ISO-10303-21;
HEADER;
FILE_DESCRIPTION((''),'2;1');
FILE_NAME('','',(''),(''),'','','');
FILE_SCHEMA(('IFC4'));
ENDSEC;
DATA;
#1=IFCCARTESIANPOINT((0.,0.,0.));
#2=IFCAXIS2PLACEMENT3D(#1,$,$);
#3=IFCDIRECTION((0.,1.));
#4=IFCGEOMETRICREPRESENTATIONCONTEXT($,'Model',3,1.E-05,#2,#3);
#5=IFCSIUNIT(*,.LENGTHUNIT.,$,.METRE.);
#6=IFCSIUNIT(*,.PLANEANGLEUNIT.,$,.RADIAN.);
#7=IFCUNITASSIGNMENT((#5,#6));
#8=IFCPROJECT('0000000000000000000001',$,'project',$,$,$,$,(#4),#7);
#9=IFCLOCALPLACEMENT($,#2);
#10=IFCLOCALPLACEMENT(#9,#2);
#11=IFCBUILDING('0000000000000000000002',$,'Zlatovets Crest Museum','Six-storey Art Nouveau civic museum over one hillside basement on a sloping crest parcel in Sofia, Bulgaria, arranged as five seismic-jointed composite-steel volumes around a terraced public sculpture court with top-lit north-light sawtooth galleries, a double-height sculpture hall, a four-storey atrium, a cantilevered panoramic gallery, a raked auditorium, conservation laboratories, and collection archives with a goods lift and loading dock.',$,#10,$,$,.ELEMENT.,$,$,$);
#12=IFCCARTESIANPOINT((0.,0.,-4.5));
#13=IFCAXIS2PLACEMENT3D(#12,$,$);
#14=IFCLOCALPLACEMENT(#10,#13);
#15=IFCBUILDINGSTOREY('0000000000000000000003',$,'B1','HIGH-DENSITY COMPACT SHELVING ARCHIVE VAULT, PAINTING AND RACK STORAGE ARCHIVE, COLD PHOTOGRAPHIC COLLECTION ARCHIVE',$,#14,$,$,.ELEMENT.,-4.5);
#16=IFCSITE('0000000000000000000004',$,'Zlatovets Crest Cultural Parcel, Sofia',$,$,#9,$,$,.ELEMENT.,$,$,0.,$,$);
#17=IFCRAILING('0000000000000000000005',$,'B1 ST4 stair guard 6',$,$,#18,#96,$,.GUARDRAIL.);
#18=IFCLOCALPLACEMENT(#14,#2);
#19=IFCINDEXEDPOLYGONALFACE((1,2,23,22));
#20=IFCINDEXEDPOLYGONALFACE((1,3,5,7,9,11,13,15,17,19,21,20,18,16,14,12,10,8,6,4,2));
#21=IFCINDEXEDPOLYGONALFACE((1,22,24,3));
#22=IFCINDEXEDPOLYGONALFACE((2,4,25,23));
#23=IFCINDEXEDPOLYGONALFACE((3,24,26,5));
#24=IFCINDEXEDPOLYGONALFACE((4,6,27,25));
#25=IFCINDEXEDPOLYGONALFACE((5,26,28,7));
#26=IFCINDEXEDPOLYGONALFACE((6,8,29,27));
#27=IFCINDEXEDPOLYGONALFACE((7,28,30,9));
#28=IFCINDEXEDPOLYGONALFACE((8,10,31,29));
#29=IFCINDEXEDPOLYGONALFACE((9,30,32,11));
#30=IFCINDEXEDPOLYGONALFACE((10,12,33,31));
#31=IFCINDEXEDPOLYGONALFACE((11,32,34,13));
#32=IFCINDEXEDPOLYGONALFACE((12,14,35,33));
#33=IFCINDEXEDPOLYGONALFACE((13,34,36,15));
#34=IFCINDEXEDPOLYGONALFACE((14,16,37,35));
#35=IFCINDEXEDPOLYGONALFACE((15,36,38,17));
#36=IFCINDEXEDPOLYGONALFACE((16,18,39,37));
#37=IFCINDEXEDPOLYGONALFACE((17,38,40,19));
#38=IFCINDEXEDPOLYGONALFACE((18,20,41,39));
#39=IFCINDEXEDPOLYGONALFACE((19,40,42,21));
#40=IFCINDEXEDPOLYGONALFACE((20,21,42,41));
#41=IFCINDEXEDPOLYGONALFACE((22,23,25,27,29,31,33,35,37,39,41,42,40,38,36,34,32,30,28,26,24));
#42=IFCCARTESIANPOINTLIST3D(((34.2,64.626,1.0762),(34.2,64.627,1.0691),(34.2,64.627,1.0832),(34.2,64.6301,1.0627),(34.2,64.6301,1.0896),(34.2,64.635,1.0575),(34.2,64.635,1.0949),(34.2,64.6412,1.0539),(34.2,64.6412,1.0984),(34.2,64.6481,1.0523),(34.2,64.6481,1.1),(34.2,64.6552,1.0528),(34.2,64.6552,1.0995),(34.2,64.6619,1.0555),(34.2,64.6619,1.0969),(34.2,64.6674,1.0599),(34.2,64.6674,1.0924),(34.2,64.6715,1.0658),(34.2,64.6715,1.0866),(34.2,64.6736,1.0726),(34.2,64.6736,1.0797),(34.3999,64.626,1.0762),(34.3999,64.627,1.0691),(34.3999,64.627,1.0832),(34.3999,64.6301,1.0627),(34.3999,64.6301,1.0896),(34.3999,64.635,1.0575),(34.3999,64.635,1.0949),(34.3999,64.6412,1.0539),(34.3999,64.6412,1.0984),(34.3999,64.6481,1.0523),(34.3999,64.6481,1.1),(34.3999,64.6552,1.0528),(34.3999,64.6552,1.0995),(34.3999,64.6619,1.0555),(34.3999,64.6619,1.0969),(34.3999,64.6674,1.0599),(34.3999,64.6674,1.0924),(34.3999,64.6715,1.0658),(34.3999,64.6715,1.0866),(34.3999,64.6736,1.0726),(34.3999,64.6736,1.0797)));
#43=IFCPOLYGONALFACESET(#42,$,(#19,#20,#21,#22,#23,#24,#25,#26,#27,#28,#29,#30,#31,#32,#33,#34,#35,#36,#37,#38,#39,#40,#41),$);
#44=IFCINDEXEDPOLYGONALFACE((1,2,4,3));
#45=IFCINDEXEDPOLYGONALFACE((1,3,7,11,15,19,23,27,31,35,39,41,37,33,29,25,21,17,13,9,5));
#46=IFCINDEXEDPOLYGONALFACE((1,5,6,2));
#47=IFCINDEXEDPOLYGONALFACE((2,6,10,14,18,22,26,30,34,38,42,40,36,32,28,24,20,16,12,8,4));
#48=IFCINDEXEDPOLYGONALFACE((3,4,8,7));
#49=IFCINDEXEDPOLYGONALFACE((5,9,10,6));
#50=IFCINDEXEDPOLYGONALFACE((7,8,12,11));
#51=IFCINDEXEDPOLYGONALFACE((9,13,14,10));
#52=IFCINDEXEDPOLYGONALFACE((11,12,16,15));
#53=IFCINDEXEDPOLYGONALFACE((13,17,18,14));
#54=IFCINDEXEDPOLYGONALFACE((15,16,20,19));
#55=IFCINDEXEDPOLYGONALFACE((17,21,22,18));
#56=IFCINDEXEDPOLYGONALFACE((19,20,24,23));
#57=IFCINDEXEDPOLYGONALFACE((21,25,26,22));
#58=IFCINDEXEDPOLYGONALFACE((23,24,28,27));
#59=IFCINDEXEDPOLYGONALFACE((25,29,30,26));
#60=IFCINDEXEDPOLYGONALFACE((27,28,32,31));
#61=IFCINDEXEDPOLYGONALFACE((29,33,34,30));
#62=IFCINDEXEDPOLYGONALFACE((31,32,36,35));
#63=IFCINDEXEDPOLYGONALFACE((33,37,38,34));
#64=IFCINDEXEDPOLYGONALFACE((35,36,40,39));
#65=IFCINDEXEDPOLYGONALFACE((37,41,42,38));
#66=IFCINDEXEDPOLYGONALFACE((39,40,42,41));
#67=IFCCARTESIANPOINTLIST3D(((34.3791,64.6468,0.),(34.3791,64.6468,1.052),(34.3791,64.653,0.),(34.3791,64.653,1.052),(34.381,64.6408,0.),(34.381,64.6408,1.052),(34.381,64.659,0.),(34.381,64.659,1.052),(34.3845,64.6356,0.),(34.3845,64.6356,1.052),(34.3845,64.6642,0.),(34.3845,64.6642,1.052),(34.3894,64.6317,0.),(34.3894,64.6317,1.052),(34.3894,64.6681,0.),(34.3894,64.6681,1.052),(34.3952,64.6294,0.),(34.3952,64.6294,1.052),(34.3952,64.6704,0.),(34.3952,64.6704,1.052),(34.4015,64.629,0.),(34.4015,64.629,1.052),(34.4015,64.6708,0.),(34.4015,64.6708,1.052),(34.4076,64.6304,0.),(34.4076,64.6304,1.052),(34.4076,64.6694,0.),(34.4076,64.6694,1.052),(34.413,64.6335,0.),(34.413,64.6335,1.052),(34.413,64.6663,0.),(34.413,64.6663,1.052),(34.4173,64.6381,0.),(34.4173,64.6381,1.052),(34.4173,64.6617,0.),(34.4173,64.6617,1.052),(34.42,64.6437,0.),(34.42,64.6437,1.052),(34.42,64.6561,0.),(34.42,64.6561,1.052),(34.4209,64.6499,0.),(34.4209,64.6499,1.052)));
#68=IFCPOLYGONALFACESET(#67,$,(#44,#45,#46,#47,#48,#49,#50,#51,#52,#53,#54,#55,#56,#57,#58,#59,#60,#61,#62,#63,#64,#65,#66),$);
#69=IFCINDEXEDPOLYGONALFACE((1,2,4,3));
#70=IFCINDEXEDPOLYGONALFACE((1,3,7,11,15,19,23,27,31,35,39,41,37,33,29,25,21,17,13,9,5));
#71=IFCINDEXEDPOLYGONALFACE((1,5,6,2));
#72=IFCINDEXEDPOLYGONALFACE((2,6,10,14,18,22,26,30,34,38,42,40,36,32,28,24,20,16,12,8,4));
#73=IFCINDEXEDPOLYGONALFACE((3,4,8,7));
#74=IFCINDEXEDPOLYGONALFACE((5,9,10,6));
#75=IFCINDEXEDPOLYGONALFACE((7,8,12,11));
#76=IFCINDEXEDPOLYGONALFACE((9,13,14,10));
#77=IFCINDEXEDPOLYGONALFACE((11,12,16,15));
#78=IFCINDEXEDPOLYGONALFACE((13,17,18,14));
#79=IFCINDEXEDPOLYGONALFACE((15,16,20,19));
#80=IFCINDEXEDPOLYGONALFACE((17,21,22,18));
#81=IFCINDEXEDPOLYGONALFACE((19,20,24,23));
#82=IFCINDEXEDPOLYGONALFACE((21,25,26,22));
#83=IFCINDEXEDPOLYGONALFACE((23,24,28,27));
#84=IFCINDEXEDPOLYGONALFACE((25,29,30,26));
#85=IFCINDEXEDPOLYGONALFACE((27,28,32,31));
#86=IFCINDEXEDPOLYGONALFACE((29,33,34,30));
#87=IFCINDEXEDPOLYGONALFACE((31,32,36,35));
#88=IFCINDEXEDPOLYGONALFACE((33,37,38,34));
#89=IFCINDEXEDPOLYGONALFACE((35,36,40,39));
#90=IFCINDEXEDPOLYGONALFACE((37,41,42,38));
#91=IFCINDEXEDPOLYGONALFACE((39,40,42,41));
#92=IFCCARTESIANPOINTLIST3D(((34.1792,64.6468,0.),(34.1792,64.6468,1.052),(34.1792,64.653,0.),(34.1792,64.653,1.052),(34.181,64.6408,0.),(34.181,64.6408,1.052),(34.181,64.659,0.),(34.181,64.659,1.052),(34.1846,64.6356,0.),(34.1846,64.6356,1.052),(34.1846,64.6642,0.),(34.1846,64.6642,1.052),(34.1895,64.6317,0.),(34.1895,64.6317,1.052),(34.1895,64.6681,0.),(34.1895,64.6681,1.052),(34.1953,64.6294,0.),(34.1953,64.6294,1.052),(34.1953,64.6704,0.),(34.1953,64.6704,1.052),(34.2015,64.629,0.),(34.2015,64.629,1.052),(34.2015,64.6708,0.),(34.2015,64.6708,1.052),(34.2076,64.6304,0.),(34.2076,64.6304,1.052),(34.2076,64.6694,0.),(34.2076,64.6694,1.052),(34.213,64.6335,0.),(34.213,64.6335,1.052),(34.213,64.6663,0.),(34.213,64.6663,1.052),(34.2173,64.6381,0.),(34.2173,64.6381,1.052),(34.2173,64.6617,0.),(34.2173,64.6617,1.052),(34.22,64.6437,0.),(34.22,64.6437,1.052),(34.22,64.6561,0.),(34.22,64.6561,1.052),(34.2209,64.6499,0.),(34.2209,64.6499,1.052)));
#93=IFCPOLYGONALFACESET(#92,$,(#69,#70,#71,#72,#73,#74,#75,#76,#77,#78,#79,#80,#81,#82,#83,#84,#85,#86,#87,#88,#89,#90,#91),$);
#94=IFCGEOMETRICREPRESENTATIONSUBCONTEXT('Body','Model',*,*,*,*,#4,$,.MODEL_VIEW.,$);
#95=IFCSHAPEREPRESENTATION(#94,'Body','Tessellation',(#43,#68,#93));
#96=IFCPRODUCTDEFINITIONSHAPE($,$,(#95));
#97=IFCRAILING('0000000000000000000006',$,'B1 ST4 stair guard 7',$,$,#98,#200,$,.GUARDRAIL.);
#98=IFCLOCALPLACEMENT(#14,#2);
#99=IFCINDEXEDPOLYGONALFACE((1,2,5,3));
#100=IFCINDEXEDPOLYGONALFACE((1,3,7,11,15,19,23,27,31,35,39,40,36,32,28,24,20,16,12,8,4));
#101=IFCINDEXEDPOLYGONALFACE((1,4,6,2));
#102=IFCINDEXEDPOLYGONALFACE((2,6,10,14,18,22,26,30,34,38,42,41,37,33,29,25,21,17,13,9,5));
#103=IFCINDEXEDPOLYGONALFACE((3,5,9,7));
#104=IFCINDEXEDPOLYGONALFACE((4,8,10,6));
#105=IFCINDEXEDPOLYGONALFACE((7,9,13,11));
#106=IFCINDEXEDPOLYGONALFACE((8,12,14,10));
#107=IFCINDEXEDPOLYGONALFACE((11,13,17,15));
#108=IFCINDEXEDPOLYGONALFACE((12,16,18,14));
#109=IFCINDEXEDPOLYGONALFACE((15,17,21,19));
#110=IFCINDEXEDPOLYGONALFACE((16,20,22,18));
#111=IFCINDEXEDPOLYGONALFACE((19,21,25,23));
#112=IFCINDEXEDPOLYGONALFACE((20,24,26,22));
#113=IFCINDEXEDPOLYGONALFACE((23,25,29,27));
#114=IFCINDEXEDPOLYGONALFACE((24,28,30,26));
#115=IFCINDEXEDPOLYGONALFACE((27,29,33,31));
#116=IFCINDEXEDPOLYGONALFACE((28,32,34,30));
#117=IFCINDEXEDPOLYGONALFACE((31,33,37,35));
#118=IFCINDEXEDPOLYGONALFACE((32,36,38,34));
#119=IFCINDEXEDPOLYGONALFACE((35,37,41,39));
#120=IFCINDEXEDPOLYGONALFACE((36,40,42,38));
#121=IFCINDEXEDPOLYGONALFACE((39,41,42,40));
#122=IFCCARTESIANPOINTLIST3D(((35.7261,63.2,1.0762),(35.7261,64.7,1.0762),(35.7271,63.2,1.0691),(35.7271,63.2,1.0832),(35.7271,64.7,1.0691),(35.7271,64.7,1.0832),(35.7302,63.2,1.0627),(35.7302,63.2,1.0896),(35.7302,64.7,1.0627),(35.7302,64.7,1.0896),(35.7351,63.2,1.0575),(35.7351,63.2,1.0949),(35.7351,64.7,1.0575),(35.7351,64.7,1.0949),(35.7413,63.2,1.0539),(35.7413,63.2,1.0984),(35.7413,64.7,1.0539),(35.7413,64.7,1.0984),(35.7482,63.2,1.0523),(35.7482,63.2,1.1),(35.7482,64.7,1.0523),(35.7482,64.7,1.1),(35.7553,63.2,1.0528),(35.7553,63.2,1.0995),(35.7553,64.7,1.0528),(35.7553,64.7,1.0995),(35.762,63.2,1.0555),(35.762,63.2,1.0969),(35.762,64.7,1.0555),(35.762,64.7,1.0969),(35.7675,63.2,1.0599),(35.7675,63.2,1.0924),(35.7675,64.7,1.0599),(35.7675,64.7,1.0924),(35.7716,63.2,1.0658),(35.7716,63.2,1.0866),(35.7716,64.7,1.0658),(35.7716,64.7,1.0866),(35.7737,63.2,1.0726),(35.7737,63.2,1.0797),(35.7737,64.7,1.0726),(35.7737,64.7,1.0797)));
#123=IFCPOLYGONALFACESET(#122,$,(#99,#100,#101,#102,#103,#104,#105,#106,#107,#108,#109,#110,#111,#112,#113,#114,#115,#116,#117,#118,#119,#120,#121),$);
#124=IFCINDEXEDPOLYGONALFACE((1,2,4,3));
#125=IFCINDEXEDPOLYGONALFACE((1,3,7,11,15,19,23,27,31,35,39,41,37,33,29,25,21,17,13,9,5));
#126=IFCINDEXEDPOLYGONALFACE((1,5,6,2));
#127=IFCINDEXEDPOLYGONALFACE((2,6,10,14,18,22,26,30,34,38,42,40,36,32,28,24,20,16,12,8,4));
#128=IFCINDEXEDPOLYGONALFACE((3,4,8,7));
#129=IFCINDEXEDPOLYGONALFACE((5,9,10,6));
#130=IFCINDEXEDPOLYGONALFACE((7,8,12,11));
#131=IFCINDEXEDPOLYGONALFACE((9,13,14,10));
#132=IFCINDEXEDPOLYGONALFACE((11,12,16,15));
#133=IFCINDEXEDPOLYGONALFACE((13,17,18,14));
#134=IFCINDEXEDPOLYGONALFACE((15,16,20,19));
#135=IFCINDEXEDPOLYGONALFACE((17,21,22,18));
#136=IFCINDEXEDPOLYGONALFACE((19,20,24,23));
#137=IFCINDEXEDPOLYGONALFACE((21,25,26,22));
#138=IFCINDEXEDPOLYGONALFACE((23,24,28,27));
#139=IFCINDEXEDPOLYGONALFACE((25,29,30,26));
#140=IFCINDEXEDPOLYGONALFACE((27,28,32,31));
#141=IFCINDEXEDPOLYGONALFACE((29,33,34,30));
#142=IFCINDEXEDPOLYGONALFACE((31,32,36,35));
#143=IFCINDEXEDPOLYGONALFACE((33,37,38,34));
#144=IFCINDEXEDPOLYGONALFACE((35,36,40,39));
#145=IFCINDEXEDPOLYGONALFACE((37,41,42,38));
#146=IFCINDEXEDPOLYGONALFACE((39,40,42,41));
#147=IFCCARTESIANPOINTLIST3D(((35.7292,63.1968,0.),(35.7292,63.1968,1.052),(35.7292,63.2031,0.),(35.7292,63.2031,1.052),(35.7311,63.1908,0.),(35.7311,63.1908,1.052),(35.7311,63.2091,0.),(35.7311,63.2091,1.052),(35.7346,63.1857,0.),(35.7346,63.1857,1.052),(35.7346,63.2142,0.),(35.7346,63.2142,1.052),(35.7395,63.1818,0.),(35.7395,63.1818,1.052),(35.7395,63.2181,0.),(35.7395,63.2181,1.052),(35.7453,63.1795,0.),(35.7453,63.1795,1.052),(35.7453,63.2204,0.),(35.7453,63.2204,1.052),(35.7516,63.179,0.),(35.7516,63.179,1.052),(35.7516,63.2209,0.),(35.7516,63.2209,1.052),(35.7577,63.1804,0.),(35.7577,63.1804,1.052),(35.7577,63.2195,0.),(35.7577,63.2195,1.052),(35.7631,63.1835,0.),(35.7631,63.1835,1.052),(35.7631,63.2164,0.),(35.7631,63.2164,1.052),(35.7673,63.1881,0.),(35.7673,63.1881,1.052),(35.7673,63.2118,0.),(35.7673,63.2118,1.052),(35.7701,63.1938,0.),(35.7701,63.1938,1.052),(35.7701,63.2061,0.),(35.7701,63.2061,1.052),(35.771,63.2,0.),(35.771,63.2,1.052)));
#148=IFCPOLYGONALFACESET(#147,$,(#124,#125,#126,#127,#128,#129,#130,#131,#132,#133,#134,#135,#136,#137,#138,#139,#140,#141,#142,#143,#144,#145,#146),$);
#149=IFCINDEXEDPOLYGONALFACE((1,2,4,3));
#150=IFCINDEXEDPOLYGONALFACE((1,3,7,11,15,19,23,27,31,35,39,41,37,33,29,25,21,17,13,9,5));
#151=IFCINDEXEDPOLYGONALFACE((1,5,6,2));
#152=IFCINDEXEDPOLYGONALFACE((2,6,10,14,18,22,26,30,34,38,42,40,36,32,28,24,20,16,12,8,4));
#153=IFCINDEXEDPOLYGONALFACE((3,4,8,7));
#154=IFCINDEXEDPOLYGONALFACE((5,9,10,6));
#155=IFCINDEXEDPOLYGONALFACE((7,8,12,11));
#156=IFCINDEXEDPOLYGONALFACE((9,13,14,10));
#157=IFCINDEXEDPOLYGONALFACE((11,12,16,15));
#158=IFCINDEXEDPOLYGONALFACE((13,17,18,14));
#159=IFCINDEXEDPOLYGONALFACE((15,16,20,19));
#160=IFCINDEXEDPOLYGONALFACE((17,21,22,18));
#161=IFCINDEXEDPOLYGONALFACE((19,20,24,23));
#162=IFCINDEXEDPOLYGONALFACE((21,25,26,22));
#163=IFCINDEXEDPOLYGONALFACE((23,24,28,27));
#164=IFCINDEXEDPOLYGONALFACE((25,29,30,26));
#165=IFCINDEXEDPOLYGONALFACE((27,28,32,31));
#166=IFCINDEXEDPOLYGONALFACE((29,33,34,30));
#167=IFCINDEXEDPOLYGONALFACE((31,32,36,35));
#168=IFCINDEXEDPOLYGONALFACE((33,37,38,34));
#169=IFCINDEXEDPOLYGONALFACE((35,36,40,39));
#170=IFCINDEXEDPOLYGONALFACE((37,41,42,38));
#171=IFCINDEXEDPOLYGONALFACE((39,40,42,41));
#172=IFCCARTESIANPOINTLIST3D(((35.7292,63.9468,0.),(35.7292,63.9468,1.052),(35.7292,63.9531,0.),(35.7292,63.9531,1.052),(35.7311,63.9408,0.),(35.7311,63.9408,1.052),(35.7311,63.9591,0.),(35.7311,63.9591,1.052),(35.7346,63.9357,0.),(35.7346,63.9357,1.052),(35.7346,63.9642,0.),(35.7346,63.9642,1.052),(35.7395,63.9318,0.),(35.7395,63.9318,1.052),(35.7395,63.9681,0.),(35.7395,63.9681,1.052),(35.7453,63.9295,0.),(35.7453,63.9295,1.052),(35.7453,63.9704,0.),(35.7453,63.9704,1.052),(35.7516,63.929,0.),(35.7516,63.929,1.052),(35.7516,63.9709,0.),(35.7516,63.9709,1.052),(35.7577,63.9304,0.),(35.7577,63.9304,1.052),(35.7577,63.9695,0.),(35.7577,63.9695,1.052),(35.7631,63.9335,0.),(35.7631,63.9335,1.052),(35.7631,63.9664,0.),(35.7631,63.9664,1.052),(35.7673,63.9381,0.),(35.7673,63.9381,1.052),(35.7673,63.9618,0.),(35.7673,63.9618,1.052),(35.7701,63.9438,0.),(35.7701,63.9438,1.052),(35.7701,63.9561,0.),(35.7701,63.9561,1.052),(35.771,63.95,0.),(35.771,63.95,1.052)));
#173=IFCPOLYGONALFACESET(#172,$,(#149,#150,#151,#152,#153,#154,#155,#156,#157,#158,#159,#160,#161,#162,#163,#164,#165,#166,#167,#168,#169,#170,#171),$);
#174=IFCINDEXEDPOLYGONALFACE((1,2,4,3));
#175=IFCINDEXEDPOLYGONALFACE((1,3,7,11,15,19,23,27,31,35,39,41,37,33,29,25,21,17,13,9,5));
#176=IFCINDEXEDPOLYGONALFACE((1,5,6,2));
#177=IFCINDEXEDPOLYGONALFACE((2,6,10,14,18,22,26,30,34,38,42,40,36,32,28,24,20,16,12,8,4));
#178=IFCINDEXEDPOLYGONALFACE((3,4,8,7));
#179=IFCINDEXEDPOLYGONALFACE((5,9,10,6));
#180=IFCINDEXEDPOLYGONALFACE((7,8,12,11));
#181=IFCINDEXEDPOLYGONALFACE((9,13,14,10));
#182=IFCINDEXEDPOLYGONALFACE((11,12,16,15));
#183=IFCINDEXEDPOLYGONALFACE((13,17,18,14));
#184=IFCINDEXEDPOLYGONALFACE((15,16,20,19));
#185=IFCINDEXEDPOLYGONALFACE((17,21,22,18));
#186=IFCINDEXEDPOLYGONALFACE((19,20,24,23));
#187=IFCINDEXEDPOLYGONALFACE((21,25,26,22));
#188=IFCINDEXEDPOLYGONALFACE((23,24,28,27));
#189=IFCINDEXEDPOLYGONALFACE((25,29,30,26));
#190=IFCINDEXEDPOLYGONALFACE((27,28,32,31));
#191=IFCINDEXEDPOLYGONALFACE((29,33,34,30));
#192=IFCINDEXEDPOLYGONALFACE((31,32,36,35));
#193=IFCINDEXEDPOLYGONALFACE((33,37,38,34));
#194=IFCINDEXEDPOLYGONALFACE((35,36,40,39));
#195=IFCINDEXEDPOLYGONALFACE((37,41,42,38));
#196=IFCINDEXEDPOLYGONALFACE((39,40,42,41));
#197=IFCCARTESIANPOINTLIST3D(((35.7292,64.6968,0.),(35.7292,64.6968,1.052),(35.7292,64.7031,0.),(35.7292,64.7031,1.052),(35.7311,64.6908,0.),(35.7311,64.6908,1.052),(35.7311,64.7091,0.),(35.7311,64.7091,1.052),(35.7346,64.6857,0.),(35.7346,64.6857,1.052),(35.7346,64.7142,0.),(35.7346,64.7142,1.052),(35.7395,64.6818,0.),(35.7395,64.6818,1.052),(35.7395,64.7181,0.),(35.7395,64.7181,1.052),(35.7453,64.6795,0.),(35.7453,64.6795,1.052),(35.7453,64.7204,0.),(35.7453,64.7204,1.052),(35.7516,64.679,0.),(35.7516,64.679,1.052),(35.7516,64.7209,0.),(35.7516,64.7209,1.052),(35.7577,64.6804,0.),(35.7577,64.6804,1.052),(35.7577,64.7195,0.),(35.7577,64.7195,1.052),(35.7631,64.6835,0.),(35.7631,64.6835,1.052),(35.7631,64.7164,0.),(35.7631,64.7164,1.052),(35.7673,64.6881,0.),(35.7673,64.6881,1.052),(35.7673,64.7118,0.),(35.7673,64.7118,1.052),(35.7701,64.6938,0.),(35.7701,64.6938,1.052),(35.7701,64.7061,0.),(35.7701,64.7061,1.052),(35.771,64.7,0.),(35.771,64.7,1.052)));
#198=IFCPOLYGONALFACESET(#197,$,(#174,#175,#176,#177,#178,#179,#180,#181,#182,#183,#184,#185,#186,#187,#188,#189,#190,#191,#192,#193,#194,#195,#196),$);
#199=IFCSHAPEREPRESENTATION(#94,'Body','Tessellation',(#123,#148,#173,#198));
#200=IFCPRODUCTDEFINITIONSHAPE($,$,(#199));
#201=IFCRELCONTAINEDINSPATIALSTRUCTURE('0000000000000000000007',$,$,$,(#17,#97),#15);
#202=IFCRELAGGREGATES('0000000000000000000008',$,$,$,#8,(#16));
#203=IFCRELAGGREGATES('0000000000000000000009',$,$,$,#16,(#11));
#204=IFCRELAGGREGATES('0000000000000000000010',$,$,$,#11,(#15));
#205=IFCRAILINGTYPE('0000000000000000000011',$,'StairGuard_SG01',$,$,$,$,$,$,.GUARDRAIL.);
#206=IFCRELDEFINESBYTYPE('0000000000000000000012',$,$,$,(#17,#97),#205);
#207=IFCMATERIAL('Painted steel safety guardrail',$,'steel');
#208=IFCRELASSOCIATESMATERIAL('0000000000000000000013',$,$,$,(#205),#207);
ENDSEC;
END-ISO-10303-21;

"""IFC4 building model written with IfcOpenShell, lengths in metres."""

from ifc_helpers import new_model, si_unit, direction, frame, origin, origin_2d, place, context, subcontext, project, spatial, circle, extrude, material, type_object, element, save


model = new_model("IFC4")

# Units and contexts
model_context = context("Model", 3, precision=1e-05, world=origin(), true_north=direction((0.0, 1.0)))
body_context = subcontext(model_context, "Body", "Model", "MODEL_VIEW")
ifc_project = project(units=[si_unit("LENGTHUNIT", "METRE"), si_unit("PLANEANGLEUNIT", "RADIAN")], contexts=[model_context])

# Site, building, storey
site_placement = place(None, origin())
site = spatial("IfcSite", under=ifc_project, at=site_placement, Name="Zlatovets Crest Cultural Parcel, Sofia", CompositionType="ELEMENT", RefElevation=0.0)
building_placement = place(site_placement, origin())
building = spatial("IfcBuilding", under=site, at=building_placement, Name="Zlatovets Crest Museum", Description="Six-storey Art Nouveau civic museum over one hillside basement on a sloping crest parcel in Sofia, Bulgaria, arranged as five seismic-jointed composite-steel volumes around a terraced public sculpture court with top-lit north-light sawtooth galleries, a double-height sculpture hall, a four-storey atrium, a cantilevered panoramic gallery, a raked auditorium, conservation laboratories, and collection archives with a goods lift and loading dock.", CompositionType="ELEMENT")
storey_placement = place(building_placement, frame((0.0, 0.0, -4.5)))
storey = spatial("IfcBuildingStorey", under=building, at=storey_placement, Name="B1", Description="HIGH-DENSITY COMPACT SHELVING ARCHIVE VAULT, PAINTING AND RACK STORAGE ARCHIVE, COLD PHOTOGRAPHIC COLLECTION ARCHIVE", CompositionType="ELEMENT", Elevation=-4.5)

# Railings
ifc_material_1 = material(Name="Painted steel safety guardrail", Category="steel")
railing_type = type_object("IfcRailingType", Name="StairGuard_SG01", PredefinedType="GUARDRAIL", material=ifc_material_1)
railing_placement = place(storey_placement, frame((34.3999, 64.6499, 0.0)))
element("IfcRailing", 1, at=railing_placement, inside=storey, type_object=railing_type, Name="B1 ST4 stair guard 6", PredefinedType="GUARDRAIL", context=body_context, shape_type="SweptSolid", body=[
    extrude(circle(Radius=0.0239, at=origin_2d()), frame((0.0, 0.0, 1.0762), z_axis=(-1.0, 0.0, 0.0), x_axis=(0.0, -1.0, 0.0)), (0.0, 0.0, 1.0), 0.2),
    extrude(circle(Radius=0.021, at=origin_2d()), origin(), (0.0, 0.0, 1.0), 1.052),
    extrude(circle(Radius=0.021, at=origin_2d()), frame((-0.2, 0.0, 0.0)), (0.0, 0.0, 1.0), 1.052),
])
for number, where, name in (
    (2, (35.75, 63.2, 0.0), "B1 ST4 stair guard 7"),
):
    element("IfcRailing", number, at=place(storey_placement, frame(where)), inside=storey, type_object=railing_type, Name=name, PredefinedType="GUARDRAIL", context=body_context, shape_type="SweptSolid", body=[
        extrude(circle(Radius=0.0239, at=origin_2d()), frame((0.0, 0.0, 1.0762), z_axis=(0.0, 1.0, 0.0), x_axis=(-1.0, 0.0, 0.0)), (0.0, 0.0, 1.0), 1.5),
        extrude(circle(Radius=0.021, at=origin_2d()), origin(), (0.0, 0.0, 1.0), 1.052),
        extrude(circle(Radius=0.021, at=origin_2d()), frame((0.0, 0.75, 0.0)), (0.0, 0.0, 1.0), 1.052),
        extrude(circle(Radius=0.021, at=origin_2d()), frame((0.0, 1.5, 0.0)), (0.0, 0.0, 1.0), 1.052),
    ])

save(model, "model.ifc")
